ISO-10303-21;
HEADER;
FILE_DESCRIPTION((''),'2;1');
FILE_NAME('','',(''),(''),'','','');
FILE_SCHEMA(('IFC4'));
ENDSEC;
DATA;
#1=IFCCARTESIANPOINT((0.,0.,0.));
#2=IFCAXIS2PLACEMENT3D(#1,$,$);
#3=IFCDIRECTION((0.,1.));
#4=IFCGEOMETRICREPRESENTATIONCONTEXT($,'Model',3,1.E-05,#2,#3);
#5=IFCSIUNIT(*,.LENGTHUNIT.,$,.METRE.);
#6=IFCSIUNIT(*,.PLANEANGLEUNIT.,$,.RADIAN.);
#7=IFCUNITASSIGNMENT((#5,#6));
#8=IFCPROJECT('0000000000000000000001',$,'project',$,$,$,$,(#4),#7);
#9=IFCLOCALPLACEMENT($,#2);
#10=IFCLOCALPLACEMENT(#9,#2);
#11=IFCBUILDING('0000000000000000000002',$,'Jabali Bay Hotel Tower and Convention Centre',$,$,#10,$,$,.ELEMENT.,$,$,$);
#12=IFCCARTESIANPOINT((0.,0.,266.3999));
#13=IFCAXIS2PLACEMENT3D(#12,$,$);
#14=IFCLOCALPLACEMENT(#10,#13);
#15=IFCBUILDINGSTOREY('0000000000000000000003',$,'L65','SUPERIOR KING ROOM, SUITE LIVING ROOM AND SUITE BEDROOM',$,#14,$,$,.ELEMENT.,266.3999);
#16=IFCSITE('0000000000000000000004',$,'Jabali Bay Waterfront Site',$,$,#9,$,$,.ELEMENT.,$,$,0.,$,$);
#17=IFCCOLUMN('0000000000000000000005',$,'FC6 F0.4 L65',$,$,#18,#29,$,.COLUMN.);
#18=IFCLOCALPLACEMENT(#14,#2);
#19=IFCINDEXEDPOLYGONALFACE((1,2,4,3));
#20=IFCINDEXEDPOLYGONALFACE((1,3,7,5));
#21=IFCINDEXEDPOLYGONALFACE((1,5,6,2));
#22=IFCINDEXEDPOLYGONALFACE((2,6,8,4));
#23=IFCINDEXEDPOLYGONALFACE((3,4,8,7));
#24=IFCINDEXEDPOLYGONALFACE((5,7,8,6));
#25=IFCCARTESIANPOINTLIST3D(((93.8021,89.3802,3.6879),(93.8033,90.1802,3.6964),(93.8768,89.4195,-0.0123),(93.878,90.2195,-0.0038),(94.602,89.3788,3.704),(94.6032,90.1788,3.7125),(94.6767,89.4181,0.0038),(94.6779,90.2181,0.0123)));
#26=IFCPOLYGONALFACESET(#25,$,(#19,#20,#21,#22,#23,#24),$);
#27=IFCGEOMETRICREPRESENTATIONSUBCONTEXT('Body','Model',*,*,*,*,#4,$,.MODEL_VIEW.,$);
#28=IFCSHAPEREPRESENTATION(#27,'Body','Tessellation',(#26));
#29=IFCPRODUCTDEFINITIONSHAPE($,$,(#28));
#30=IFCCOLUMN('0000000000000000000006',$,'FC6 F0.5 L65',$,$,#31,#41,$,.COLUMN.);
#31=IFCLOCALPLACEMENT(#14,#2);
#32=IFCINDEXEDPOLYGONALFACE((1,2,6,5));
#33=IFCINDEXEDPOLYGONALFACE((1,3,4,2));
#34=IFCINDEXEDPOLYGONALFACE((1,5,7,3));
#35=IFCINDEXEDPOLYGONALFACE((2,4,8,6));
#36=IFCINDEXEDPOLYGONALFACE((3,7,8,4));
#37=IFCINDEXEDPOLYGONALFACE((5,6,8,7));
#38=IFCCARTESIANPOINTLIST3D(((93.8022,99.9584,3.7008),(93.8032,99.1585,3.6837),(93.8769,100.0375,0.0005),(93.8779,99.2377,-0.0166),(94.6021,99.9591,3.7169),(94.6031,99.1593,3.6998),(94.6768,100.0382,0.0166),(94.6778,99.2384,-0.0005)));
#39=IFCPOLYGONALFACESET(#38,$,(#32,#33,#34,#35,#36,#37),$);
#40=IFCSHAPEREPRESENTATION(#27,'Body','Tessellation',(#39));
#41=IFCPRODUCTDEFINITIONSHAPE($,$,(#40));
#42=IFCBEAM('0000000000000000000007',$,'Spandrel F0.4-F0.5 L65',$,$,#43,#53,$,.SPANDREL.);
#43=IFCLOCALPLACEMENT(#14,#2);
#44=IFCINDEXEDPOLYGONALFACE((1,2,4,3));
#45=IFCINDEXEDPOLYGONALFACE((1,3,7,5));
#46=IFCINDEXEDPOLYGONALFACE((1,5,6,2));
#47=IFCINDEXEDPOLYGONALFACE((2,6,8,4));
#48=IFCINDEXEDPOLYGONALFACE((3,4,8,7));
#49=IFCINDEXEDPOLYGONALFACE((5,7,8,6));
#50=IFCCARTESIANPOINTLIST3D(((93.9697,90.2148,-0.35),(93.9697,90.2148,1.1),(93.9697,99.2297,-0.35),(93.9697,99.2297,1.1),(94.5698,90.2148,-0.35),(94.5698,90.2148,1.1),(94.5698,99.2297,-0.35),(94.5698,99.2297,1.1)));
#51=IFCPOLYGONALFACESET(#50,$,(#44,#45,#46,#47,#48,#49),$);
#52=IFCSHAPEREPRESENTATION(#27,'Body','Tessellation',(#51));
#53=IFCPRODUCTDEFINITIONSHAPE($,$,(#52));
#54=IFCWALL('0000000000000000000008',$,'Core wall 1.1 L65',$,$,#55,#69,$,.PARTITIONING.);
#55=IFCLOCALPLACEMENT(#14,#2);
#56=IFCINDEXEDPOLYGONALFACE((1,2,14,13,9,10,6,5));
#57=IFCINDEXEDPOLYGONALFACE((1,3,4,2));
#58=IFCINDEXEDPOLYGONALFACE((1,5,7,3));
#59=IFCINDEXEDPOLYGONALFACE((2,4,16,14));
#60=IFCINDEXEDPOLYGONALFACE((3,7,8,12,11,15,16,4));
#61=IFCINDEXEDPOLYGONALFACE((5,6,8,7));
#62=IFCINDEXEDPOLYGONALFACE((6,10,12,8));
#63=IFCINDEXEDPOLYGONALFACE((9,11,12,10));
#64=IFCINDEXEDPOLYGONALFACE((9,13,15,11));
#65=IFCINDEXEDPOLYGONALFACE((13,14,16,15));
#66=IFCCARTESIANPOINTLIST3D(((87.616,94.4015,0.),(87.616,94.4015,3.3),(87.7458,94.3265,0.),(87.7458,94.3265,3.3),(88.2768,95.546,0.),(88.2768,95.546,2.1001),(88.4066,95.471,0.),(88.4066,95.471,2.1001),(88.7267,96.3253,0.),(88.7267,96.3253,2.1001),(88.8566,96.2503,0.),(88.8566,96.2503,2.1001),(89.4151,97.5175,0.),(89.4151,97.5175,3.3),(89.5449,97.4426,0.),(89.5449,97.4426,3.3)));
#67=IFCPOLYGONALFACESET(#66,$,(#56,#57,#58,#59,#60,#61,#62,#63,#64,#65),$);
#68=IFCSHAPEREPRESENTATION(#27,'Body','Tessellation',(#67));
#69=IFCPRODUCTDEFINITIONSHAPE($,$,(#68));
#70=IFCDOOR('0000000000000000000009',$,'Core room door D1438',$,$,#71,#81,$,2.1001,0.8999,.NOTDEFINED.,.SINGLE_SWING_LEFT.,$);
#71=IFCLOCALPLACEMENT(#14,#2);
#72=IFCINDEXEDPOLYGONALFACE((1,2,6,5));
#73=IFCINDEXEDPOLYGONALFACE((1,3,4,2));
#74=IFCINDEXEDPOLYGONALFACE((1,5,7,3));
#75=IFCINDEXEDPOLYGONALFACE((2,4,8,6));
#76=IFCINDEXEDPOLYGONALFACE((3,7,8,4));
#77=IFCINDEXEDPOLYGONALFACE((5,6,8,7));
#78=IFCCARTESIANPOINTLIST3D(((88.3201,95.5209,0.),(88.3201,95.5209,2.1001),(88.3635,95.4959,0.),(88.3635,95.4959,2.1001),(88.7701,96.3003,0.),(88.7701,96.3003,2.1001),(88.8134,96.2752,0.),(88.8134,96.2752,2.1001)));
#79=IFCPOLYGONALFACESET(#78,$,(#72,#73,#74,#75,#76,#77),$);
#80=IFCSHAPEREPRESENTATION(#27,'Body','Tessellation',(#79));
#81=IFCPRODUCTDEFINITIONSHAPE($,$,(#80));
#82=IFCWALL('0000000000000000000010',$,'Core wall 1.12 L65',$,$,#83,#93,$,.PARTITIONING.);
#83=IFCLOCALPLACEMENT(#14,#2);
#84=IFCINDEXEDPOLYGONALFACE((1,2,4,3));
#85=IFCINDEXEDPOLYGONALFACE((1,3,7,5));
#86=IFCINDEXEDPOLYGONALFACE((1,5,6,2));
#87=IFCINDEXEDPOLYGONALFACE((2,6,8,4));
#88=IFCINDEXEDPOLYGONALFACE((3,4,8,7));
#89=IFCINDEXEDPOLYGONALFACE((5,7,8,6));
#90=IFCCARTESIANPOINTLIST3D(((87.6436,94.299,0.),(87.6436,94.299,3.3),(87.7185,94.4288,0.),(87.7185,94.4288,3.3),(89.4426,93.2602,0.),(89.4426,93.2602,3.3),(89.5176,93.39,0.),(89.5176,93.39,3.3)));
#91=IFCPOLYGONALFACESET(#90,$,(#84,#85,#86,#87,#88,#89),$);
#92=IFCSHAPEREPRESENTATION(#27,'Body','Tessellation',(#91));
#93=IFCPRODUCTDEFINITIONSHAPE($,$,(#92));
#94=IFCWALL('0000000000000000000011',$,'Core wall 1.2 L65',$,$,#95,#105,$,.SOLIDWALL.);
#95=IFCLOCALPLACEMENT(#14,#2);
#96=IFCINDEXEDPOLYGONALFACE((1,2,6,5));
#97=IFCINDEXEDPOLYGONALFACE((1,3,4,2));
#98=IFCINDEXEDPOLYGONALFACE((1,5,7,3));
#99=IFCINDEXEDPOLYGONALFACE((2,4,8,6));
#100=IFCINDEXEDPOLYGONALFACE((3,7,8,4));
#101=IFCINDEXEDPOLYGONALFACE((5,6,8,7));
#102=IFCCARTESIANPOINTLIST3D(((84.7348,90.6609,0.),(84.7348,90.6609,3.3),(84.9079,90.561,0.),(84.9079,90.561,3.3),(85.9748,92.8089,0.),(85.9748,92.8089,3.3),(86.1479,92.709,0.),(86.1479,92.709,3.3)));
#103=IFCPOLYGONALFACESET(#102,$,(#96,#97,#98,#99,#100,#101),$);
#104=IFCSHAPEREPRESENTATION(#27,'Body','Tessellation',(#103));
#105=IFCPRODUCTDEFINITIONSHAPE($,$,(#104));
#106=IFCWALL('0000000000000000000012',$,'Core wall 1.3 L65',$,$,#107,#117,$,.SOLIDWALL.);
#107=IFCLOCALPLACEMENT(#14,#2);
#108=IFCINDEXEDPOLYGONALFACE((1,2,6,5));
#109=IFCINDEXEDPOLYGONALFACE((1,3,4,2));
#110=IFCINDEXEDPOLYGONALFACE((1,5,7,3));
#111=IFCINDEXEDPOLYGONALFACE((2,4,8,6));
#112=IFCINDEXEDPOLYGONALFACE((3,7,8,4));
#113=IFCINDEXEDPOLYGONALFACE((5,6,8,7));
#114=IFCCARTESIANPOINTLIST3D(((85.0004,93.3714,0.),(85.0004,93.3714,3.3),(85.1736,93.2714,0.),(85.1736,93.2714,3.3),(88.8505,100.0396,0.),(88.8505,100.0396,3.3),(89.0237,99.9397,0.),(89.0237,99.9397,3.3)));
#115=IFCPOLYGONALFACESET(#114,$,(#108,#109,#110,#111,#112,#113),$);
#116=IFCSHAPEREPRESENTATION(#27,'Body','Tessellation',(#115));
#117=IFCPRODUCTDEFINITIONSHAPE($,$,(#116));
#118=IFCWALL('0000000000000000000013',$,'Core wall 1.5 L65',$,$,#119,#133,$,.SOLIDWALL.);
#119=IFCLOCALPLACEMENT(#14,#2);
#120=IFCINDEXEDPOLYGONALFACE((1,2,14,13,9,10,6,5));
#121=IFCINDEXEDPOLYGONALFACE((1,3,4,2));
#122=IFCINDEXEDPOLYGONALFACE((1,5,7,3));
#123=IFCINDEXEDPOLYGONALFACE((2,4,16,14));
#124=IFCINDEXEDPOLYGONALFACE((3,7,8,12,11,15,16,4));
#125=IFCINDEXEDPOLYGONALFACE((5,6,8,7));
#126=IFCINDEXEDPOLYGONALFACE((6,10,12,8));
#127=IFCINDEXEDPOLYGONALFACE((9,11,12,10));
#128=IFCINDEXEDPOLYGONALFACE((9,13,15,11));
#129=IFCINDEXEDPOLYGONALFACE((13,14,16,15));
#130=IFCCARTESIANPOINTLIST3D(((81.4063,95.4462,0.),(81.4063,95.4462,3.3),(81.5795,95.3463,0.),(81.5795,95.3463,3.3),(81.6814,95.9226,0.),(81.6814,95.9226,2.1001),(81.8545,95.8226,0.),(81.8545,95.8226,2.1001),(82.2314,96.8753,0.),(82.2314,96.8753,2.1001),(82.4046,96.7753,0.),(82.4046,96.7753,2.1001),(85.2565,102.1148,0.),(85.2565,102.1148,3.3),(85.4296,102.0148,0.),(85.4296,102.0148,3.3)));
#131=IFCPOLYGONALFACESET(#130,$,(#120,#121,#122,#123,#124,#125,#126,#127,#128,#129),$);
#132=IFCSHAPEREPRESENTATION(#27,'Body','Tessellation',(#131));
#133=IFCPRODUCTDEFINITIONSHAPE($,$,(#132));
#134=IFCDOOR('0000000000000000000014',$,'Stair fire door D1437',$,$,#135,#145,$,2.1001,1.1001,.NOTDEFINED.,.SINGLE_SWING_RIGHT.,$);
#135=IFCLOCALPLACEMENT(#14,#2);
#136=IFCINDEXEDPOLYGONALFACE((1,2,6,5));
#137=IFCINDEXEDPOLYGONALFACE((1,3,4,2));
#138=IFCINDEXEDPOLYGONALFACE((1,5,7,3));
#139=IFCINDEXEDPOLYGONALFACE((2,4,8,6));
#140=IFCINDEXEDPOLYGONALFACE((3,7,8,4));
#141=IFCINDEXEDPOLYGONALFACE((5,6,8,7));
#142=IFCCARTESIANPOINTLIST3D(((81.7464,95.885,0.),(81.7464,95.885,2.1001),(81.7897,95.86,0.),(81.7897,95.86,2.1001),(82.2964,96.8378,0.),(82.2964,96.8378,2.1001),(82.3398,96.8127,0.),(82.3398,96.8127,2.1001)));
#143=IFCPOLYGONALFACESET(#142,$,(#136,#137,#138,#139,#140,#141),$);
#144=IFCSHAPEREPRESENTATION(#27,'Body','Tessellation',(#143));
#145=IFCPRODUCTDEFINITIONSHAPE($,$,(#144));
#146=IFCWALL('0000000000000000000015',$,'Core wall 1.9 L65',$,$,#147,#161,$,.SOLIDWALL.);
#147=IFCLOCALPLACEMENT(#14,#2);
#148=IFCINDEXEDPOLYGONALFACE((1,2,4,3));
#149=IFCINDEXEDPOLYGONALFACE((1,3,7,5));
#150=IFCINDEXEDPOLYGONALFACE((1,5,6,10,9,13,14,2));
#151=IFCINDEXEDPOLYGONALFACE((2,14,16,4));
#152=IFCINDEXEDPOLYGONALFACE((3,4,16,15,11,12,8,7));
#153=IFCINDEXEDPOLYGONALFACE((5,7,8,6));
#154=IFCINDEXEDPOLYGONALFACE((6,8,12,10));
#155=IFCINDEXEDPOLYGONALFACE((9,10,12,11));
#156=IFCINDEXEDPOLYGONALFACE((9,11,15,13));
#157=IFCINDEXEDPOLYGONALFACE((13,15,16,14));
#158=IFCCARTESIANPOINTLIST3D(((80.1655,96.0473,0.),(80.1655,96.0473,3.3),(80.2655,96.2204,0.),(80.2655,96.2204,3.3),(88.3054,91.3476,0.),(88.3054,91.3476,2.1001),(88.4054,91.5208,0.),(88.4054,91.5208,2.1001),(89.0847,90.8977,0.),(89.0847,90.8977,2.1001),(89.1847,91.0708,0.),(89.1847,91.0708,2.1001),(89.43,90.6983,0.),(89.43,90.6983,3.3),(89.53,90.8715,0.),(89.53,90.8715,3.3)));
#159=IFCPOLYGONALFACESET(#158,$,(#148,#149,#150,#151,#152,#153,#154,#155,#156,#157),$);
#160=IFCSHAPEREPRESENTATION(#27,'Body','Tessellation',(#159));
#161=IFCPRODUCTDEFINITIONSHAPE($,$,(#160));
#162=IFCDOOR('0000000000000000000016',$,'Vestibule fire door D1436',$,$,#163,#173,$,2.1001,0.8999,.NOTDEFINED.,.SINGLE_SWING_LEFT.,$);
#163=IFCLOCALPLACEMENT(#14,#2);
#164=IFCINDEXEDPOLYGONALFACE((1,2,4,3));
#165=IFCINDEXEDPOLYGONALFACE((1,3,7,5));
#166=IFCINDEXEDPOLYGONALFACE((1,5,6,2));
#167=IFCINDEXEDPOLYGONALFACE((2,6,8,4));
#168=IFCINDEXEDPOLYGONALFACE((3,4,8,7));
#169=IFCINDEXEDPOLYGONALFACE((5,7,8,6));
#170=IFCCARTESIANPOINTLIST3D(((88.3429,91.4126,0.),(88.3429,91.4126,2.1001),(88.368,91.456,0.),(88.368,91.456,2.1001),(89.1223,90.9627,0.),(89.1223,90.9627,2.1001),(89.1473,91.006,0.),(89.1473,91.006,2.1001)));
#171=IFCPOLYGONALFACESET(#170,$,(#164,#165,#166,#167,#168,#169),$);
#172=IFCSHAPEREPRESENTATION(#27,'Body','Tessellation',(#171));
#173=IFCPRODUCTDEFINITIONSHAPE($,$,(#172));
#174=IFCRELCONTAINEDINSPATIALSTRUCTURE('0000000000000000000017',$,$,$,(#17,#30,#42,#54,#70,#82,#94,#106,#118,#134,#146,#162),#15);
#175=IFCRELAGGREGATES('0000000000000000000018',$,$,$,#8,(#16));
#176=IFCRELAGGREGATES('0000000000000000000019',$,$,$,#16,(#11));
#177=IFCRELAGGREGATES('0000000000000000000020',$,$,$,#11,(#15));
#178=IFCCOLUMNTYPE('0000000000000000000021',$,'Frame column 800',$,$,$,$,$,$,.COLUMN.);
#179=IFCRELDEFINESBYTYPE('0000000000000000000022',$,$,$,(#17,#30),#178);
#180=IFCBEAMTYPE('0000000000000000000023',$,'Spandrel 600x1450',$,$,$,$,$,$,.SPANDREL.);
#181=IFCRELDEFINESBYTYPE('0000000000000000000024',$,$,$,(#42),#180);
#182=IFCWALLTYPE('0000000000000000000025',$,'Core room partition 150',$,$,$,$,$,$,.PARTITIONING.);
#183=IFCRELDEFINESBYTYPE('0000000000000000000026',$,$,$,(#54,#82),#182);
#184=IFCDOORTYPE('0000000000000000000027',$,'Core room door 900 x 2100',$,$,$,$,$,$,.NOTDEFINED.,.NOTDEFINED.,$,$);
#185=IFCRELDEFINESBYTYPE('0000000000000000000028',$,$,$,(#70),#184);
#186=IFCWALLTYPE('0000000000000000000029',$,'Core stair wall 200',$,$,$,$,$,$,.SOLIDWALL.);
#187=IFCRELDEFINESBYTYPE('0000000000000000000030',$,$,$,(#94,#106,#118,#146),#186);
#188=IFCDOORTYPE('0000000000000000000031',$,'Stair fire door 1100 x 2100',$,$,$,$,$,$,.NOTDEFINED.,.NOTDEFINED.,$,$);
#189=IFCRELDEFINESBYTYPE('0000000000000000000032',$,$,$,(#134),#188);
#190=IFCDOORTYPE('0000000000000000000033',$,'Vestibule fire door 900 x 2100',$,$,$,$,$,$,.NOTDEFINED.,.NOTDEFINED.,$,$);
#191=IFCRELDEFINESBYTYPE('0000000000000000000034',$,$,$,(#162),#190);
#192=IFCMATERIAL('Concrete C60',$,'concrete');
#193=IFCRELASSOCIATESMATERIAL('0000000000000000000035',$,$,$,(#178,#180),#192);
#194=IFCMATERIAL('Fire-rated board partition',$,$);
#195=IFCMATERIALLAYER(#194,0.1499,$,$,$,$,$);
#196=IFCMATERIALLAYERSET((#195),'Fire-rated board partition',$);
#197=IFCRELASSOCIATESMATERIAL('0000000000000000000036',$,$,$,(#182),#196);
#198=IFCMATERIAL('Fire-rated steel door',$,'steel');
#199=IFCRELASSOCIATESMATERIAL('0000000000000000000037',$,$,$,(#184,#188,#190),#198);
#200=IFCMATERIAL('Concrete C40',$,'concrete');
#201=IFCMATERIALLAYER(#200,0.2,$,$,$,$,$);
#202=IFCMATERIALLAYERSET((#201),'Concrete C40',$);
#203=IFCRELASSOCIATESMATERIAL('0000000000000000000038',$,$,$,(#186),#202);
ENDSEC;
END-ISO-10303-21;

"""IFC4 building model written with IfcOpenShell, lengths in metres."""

from ifc_helpers import new_model, si_unit, direction, frame, frame_2d, origin, origin_2d, place, context, subcontext, project, spatial, rectangle, extrude, material, layer, layer_set, material_profile, profile_set, type_object, element, fill, save


model = new_model("IFC4")

# Units and contexts
model_context = context("Model", 3, precision=1e-05, world=origin(), true_north=direction((0.0, 1.0)))
body_context = subcontext(model_context, "Body", "Model", "MODEL_VIEW")
ifc_project = project(units=[si_unit("LENGTHUNIT", "METRE"), si_unit("PLANEANGLEUNIT", "RADIAN")], contexts=[model_context])

# Site, building, storey
site_placement = place(None, origin())
site = spatial("IfcSite", under=ifc_project, at=site_placement, Name="Jabali Bay Waterfront Site", CompositionType="ELEMENT", RefElevation=0.0)
building_placement = place(site_placement, origin())
building = spatial("IfcBuilding", under=site, at=building_placement, Name="Jabali Bay Hotel Tower and Convention Centre", CompositionType="ELEMENT")
storey_placement = place(building_placement, frame((0.0, 0.0, 266.3999)))
storey = spatial("IfcBuildingStorey", under=building, at=storey_placement, Name="L65", Description="SUPERIOR KING ROOM, SUITE LIVING ROOM AND SUITE BEDROOM", CompositionType="ELEMENT", Elevation=266.3999)

# Columns
ifc_material_1 = material(Name="Concrete C60", Category="concrete")
ifc_material_profile_1 = material_profile(ifc_material_1, rectangle(XDim=0.8, YDim=0.8, at=origin_2d()), Name="Frame column 800")
ifc_profile_set_1 = profile_set([ifc_material_profile_1], Name="Concrete C60")
column_type = type_object("IfcColumnType", Name="Frame column 800", PredefinedType="COLUMN", material=ifc_profile_set_1)
column_1_placement = place(storey_placement, frame((94.2773, 89.8188, 0.0), z_axis=(-0.020185, -0.01062, 0.99974), x_axis=(0.999795, -0.001747, 0.020167)))
element("IfcColumn", 1, at=column_1_placement, inside=storey, type_object=column_type, Name="FC6 F0.4 L65", PredefinedType="COLUMN", context=body_context, shape_type="SweptSolid", body=[
    extrude(rectangle(XDim=0.8, YDim=0.8, at=origin_2d()), origin(), (0.0, 0.0, 1.0), 3.7012),
])
column_2_placement = place(storey_placement, frame((94.2773, 99.6379, 0.0), z_axis=(-0.020181, -0.021368, 0.999568), x_axis=(0.999795, 0.000884, 0.020205)))
element("IfcColumn", 2, at=column_2_placement, inside=storey, type_object=column_type, Name="FC6 F0.5 L65", PredefinedType="COLUMN", context=body_context, shape_type="SweptSolid", body=[
    extrude(rectangle(XDim=0.8, YDim=0.8, at=origin_2d()), origin(), (0.0, 0.0, 1.0), 3.7019),
])

# Beam
ifc_material_profile_2 = material_profile(ifc_material_1, rectangle(XDim=0.6001, YDim=1.45, at=origin_2d()), Name="Spandrel 600x1450")
ifc_profile_set_2 = profile_set([ifc_material_profile_2], Name="Concrete C60")
beam_type = type_object("IfcBeamType", Name="Spandrel 600x1450", PredefinedType="SPANDREL", material=ifc_profile_set_2)
beam_placement = place(storey_placement, frame((94.2698, 90.2148, 0.375), z_axis=(0.0, 1.0, 0.0), x_axis=(-1.0, 0.0, 0.0)))
element("IfcBeam", 3, at=beam_placement, inside=storey, type_object=beam_type, Name="Spandrel F0.4-F0.5 L65", PredefinedType="SPANDREL", context=body_context, shape_type="SweptSolid", body=[
    extrude(rectangle(XDim=0.6001, YDim=1.45, at=origin_2d()), origin(), (0.0, 0.0, 1.0), 9.0149),
])

# Wall, opening, door
ifc_material_2 = material(Name="Fire-rated board partition")
ifc_layer_1 = layer(ifc_material_2, 0.1499)
ifc_layer_set_1 = layer_set([ifc_layer_1], Name="Fire-rated board partition")
wall_type_1 = type_object("IfcWallType", Name="Core room partition 150", PredefinedType="PARTITIONING", material=ifc_layer_set_1)
wall_1_placement = place(storey_placement, frame((87.6809, 94.364, 0.0), z_axis=(0.0, 0.0, 1.0), x_axis=(0.500014, 0.866017, 0.0)))
wall_1 = element("IfcWall", 4, at=wall_1_placement, inside=storey, type_object=wall_type_1, Name="Core wall 1.1 L65", PredefinedType="PARTITIONING", context=body_context, shape_type="SweptSolid", body=[
    extrude(rectangle(XDim=3.5981, YDim=0.1499, at=frame_2d((1.7991, 0.0))), origin(), (0.0, 0.0, 1.0), 3.3),
])
opening_1_placement = place(wall_1_placement, frame((1.3215, 0.0, 0.0)))
opening_1 = element("IfcOpeningElement", 5, at=opening_1_placement, cuts=wall_1, PredefinedType="OPENING", context=body_context, shape_type="SweptSolid", body=[
    extrude(rectangle(XDim=0.8999, YDim=2.1001, at=frame_2d((0.45, 1.05))), frame((0.0, 0.0854, 0.0), z_axis=(0.0, -1.0, 0.0), x_axis=(1.0, 0.0, 0.0)), (0.0, 0.0, 1.0), 0.1709),
])
ifc_material_3 = material(Name="Fire-rated steel door", Category="steel")
door_type_1 = type_object("IfcDoorType", Name="Core room door 900 x 2100", OperationType="NOTDEFINED", PredefinedType="NOTDEFINED", material=ifc_material_3)
door_1_placement = place(opening_1_placement, origin())
door_1 = element("IfcDoor", 6, at=door_1_placement, inside=storey, type_object=door_type_1, Name="Core room door D1438", OperationType="SINGLE_SWING_LEFT", OverallHeight=2.1001, OverallWidth=0.8999, PredefinedType="NOTDEFINED", context=body_context, shape_type="SweptSolid", body=[
    extrude(rectangle(XDim=0.8999, YDim=2.1001, at=frame_2d((0.45, 1.05))), frame((0.0, 0.0249, 0.0), z_axis=(0.0, -1.0, 0.0), x_axis=(1.0, 0.0, 0.0)), (0.0, 0.0, 1.0), 0.05),
])
fill(opening_1, door_1)

# Walls
wall_2_placement = place(storey_placement, frame((89.48, 93.3252, 0.0), z_axis=(0.0, 0.0, 1.0), x_axis=(-0.866, 0.500045, 0.0)))
element("IfcWall", 7, at=wall_2_placement, inside=storey, type_object=wall_type_1, Name="Core wall 1.12 L65", PredefinedType="PARTITIONING", context=body_context, shape_type="SweptSolid", body=[
    extrude(rectangle(XDim=2.0774, YDim=0.1499, at=frame_2d((1.0386, 0.0))), origin(), (0.0, 0.0, 1.0), 3.3),
])
ifc_material_4 = material(Name="Concrete C40", Category="concrete")
ifc_layer_2 = layer(ifc_material_4, 0.2)
ifc_layer_set_2 = layer_set([ifc_layer_2], Name="Concrete C40")
wall_type_2 = type_object("IfcWallType", Name="Core stair wall 200", PredefinedType="SOLIDWALL", material=ifc_layer_set_2)
wall_3_placement = place(storey_placement, frame((84.8213, 90.6108, 0.0), z_axis=(0.0, 0.0, 1.0), x_axis=(0.499961, 0.866048, 0.0)))
element("IfcWall", 8, at=wall_3_placement, inside=storey, type_object=wall_type_2, Name="Core wall 1.2 L65", PredefinedType="SOLIDWALL", context=body_context, shape_type="SweptSolid", body=[
    extrude(rectangle(XDim=2.4802, YDim=0.2, at=frame_2d((1.2402, 0.0))), origin(), (0.0, 0.0, 1.0), 3.3),
])
wall_4_placement = place(storey_placement, frame((85.0869, 93.3213, 0.0), z_axis=(0.0, 0.0, 1.0), x_axis=(0.50002, 0.866014, 0.0)))
element("IfcWall", 9, at=wall_4_placement, inside=storey, type_object=wall_type_2, Name="Core wall 1.3 L65", PredefinedType="SOLIDWALL", context=body_context, shape_type="SweptSolid", body=[
    extrude(rectangle(XDim=7.7, YDim=0.2, at=frame_2d((3.8501, 0.0))), origin(), (0.0, 0.0, 1.0), 3.3),
])

# Walls, openings, doors
wall_5_placement = place(storey_placement, frame((81.4929, 95.3962, 0.0), z_axis=(0.0, 0.0, 1.0), x_axis=(0.500006, 0.866022, 0.0)))
wall_5 = element("IfcWall", 10, at=wall_5_placement, inside=storey, type_object=wall_type_2, Name="Core wall 1.5 L65", PredefinedType="SOLIDWALL", context=body_context, shape_type="SweptSolid", body=[
    extrude(rectangle(XDim=7.7002, YDim=0.2, at=frame_2d((3.8501, 0.0))), origin(), (0.0, 0.0, 1.0), 3.3),
])
opening_2_placement = place(wall_5_placement, frame((0.55, 0.0, 0.0)))
opening_2 = element("IfcOpeningElement", 11, at=opening_2_placement, cuts=wall_5, PredefinedType="OPENING", context=body_context, shape_type="SweptSolid", body=[
    extrude(rectangle(XDim=1.1001, YDim=2.1001, at=frame_2d((0.55, 1.05))), frame((0.0, 0.1104, 0.0), z_axis=(0.0, -1.0, 0.0), x_axis=(1.0, 0.0, 0.0)), (0.0, 0.0, 1.0), 0.2209),
])
door_type_2 = type_object("IfcDoorType", Name="Stair fire door 1100 x 2100", OperationType="NOTDEFINED", PredefinedType="NOTDEFINED", material=ifc_material_3)
door_2_placement = place(opening_2_placement, origin())
door_2 = element("IfcDoor", 12, at=door_2_placement, inside=storey, type_object=door_type_2, Name="Stair fire door D1437", OperationType="SINGLE_SWING_RIGHT", OverallHeight=2.1001, OverallWidth=1.1001, PredefinedType="NOTDEFINED", context=body_context, shape_type="SweptSolid", body=[
    extrude(rectangle(XDim=1.1001, YDim=2.1001, at=frame_2d((0.55, 1.05))), frame((0.0, 0.0249, 0.0), z_axis=(0.0, -1.0, 0.0), x_axis=(1.0, 0.0, 0.0)), (0.0, 0.0, 1.0), 0.05),
])
fill(opening_2, door_2)
wall_6_placement = place(storey_placement, frame((89.48, 90.7849, 0.0), z_axis=(0.0, 0.0, 1.0), x_axis=(-0.866023, 0.500005, 0.0)))
wall_6 = element("IfcWall", 13, at=wall_6_placement, inside=storey, type_object=wall_type_2, Name="Core wall 1.9 L65", PredefinedType="SOLIDWALL", context=body_context, shape_type="SweptSolid", body=[
    extrude(rectangle(XDim=10.6978, YDim=0.2, at=frame_2d((5.3489, 0.0))), origin(), (0.0, 0.0, 1.0), 3.3),
])
opening_3_placement = place(wall_6_placement, frame((0.3987, 0.0, 0.0)))
opening_3 = element("IfcOpeningElement", 14, at=opening_3_placement, cuts=wall_6, PredefinedType="OPENING", context=body_context, shape_type="SweptSolid", body=[
    extrude(rectangle(XDim=0.8999, YDim=2.1001, at=frame_2d((0.45, 1.05))), frame((0.0, 0.1104, 0.0), z_axis=(0.0, -1.0, 0.0), x_axis=(1.0, 0.0, 0.0)), (0.0, 0.0, 1.0), 0.2209),
])
door_type_3 = type_object("IfcDoorType", Name="Vestibule fire door 900 x 2100", OperationType="NOTDEFINED", PredefinedType="NOTDEFINED", material=ifc_material_3)
door_3_placement = place(opening_3_placement, origin())
door_3 = element("IfcDoor", 15, at=door_3_placement, inside=storey, type_object=door_type_3, Name="Vestibule fire door D1436", OperationType="SINGLE_SWING_LEFT", OverallHeight=2.1001, OverallWidth=0.8999, PredefinedType="NOTDEFINED", context=body_context, shape_type="SweptSolid", body=[
    extrude(rectangle(XDim=0.8999, YDim=2.1001, at=frame_2d((0.45, 1.05))), frame((0.0, 0.0249, 0.0), z_axis=(0.0, -1.0, 0.0), x_axis=(1.0, 0.0, 0.0)), (0.0, 0.0, 1.0), 0.05),
])
fill(opening_3, door_3)

save(model, "model.ifc")
